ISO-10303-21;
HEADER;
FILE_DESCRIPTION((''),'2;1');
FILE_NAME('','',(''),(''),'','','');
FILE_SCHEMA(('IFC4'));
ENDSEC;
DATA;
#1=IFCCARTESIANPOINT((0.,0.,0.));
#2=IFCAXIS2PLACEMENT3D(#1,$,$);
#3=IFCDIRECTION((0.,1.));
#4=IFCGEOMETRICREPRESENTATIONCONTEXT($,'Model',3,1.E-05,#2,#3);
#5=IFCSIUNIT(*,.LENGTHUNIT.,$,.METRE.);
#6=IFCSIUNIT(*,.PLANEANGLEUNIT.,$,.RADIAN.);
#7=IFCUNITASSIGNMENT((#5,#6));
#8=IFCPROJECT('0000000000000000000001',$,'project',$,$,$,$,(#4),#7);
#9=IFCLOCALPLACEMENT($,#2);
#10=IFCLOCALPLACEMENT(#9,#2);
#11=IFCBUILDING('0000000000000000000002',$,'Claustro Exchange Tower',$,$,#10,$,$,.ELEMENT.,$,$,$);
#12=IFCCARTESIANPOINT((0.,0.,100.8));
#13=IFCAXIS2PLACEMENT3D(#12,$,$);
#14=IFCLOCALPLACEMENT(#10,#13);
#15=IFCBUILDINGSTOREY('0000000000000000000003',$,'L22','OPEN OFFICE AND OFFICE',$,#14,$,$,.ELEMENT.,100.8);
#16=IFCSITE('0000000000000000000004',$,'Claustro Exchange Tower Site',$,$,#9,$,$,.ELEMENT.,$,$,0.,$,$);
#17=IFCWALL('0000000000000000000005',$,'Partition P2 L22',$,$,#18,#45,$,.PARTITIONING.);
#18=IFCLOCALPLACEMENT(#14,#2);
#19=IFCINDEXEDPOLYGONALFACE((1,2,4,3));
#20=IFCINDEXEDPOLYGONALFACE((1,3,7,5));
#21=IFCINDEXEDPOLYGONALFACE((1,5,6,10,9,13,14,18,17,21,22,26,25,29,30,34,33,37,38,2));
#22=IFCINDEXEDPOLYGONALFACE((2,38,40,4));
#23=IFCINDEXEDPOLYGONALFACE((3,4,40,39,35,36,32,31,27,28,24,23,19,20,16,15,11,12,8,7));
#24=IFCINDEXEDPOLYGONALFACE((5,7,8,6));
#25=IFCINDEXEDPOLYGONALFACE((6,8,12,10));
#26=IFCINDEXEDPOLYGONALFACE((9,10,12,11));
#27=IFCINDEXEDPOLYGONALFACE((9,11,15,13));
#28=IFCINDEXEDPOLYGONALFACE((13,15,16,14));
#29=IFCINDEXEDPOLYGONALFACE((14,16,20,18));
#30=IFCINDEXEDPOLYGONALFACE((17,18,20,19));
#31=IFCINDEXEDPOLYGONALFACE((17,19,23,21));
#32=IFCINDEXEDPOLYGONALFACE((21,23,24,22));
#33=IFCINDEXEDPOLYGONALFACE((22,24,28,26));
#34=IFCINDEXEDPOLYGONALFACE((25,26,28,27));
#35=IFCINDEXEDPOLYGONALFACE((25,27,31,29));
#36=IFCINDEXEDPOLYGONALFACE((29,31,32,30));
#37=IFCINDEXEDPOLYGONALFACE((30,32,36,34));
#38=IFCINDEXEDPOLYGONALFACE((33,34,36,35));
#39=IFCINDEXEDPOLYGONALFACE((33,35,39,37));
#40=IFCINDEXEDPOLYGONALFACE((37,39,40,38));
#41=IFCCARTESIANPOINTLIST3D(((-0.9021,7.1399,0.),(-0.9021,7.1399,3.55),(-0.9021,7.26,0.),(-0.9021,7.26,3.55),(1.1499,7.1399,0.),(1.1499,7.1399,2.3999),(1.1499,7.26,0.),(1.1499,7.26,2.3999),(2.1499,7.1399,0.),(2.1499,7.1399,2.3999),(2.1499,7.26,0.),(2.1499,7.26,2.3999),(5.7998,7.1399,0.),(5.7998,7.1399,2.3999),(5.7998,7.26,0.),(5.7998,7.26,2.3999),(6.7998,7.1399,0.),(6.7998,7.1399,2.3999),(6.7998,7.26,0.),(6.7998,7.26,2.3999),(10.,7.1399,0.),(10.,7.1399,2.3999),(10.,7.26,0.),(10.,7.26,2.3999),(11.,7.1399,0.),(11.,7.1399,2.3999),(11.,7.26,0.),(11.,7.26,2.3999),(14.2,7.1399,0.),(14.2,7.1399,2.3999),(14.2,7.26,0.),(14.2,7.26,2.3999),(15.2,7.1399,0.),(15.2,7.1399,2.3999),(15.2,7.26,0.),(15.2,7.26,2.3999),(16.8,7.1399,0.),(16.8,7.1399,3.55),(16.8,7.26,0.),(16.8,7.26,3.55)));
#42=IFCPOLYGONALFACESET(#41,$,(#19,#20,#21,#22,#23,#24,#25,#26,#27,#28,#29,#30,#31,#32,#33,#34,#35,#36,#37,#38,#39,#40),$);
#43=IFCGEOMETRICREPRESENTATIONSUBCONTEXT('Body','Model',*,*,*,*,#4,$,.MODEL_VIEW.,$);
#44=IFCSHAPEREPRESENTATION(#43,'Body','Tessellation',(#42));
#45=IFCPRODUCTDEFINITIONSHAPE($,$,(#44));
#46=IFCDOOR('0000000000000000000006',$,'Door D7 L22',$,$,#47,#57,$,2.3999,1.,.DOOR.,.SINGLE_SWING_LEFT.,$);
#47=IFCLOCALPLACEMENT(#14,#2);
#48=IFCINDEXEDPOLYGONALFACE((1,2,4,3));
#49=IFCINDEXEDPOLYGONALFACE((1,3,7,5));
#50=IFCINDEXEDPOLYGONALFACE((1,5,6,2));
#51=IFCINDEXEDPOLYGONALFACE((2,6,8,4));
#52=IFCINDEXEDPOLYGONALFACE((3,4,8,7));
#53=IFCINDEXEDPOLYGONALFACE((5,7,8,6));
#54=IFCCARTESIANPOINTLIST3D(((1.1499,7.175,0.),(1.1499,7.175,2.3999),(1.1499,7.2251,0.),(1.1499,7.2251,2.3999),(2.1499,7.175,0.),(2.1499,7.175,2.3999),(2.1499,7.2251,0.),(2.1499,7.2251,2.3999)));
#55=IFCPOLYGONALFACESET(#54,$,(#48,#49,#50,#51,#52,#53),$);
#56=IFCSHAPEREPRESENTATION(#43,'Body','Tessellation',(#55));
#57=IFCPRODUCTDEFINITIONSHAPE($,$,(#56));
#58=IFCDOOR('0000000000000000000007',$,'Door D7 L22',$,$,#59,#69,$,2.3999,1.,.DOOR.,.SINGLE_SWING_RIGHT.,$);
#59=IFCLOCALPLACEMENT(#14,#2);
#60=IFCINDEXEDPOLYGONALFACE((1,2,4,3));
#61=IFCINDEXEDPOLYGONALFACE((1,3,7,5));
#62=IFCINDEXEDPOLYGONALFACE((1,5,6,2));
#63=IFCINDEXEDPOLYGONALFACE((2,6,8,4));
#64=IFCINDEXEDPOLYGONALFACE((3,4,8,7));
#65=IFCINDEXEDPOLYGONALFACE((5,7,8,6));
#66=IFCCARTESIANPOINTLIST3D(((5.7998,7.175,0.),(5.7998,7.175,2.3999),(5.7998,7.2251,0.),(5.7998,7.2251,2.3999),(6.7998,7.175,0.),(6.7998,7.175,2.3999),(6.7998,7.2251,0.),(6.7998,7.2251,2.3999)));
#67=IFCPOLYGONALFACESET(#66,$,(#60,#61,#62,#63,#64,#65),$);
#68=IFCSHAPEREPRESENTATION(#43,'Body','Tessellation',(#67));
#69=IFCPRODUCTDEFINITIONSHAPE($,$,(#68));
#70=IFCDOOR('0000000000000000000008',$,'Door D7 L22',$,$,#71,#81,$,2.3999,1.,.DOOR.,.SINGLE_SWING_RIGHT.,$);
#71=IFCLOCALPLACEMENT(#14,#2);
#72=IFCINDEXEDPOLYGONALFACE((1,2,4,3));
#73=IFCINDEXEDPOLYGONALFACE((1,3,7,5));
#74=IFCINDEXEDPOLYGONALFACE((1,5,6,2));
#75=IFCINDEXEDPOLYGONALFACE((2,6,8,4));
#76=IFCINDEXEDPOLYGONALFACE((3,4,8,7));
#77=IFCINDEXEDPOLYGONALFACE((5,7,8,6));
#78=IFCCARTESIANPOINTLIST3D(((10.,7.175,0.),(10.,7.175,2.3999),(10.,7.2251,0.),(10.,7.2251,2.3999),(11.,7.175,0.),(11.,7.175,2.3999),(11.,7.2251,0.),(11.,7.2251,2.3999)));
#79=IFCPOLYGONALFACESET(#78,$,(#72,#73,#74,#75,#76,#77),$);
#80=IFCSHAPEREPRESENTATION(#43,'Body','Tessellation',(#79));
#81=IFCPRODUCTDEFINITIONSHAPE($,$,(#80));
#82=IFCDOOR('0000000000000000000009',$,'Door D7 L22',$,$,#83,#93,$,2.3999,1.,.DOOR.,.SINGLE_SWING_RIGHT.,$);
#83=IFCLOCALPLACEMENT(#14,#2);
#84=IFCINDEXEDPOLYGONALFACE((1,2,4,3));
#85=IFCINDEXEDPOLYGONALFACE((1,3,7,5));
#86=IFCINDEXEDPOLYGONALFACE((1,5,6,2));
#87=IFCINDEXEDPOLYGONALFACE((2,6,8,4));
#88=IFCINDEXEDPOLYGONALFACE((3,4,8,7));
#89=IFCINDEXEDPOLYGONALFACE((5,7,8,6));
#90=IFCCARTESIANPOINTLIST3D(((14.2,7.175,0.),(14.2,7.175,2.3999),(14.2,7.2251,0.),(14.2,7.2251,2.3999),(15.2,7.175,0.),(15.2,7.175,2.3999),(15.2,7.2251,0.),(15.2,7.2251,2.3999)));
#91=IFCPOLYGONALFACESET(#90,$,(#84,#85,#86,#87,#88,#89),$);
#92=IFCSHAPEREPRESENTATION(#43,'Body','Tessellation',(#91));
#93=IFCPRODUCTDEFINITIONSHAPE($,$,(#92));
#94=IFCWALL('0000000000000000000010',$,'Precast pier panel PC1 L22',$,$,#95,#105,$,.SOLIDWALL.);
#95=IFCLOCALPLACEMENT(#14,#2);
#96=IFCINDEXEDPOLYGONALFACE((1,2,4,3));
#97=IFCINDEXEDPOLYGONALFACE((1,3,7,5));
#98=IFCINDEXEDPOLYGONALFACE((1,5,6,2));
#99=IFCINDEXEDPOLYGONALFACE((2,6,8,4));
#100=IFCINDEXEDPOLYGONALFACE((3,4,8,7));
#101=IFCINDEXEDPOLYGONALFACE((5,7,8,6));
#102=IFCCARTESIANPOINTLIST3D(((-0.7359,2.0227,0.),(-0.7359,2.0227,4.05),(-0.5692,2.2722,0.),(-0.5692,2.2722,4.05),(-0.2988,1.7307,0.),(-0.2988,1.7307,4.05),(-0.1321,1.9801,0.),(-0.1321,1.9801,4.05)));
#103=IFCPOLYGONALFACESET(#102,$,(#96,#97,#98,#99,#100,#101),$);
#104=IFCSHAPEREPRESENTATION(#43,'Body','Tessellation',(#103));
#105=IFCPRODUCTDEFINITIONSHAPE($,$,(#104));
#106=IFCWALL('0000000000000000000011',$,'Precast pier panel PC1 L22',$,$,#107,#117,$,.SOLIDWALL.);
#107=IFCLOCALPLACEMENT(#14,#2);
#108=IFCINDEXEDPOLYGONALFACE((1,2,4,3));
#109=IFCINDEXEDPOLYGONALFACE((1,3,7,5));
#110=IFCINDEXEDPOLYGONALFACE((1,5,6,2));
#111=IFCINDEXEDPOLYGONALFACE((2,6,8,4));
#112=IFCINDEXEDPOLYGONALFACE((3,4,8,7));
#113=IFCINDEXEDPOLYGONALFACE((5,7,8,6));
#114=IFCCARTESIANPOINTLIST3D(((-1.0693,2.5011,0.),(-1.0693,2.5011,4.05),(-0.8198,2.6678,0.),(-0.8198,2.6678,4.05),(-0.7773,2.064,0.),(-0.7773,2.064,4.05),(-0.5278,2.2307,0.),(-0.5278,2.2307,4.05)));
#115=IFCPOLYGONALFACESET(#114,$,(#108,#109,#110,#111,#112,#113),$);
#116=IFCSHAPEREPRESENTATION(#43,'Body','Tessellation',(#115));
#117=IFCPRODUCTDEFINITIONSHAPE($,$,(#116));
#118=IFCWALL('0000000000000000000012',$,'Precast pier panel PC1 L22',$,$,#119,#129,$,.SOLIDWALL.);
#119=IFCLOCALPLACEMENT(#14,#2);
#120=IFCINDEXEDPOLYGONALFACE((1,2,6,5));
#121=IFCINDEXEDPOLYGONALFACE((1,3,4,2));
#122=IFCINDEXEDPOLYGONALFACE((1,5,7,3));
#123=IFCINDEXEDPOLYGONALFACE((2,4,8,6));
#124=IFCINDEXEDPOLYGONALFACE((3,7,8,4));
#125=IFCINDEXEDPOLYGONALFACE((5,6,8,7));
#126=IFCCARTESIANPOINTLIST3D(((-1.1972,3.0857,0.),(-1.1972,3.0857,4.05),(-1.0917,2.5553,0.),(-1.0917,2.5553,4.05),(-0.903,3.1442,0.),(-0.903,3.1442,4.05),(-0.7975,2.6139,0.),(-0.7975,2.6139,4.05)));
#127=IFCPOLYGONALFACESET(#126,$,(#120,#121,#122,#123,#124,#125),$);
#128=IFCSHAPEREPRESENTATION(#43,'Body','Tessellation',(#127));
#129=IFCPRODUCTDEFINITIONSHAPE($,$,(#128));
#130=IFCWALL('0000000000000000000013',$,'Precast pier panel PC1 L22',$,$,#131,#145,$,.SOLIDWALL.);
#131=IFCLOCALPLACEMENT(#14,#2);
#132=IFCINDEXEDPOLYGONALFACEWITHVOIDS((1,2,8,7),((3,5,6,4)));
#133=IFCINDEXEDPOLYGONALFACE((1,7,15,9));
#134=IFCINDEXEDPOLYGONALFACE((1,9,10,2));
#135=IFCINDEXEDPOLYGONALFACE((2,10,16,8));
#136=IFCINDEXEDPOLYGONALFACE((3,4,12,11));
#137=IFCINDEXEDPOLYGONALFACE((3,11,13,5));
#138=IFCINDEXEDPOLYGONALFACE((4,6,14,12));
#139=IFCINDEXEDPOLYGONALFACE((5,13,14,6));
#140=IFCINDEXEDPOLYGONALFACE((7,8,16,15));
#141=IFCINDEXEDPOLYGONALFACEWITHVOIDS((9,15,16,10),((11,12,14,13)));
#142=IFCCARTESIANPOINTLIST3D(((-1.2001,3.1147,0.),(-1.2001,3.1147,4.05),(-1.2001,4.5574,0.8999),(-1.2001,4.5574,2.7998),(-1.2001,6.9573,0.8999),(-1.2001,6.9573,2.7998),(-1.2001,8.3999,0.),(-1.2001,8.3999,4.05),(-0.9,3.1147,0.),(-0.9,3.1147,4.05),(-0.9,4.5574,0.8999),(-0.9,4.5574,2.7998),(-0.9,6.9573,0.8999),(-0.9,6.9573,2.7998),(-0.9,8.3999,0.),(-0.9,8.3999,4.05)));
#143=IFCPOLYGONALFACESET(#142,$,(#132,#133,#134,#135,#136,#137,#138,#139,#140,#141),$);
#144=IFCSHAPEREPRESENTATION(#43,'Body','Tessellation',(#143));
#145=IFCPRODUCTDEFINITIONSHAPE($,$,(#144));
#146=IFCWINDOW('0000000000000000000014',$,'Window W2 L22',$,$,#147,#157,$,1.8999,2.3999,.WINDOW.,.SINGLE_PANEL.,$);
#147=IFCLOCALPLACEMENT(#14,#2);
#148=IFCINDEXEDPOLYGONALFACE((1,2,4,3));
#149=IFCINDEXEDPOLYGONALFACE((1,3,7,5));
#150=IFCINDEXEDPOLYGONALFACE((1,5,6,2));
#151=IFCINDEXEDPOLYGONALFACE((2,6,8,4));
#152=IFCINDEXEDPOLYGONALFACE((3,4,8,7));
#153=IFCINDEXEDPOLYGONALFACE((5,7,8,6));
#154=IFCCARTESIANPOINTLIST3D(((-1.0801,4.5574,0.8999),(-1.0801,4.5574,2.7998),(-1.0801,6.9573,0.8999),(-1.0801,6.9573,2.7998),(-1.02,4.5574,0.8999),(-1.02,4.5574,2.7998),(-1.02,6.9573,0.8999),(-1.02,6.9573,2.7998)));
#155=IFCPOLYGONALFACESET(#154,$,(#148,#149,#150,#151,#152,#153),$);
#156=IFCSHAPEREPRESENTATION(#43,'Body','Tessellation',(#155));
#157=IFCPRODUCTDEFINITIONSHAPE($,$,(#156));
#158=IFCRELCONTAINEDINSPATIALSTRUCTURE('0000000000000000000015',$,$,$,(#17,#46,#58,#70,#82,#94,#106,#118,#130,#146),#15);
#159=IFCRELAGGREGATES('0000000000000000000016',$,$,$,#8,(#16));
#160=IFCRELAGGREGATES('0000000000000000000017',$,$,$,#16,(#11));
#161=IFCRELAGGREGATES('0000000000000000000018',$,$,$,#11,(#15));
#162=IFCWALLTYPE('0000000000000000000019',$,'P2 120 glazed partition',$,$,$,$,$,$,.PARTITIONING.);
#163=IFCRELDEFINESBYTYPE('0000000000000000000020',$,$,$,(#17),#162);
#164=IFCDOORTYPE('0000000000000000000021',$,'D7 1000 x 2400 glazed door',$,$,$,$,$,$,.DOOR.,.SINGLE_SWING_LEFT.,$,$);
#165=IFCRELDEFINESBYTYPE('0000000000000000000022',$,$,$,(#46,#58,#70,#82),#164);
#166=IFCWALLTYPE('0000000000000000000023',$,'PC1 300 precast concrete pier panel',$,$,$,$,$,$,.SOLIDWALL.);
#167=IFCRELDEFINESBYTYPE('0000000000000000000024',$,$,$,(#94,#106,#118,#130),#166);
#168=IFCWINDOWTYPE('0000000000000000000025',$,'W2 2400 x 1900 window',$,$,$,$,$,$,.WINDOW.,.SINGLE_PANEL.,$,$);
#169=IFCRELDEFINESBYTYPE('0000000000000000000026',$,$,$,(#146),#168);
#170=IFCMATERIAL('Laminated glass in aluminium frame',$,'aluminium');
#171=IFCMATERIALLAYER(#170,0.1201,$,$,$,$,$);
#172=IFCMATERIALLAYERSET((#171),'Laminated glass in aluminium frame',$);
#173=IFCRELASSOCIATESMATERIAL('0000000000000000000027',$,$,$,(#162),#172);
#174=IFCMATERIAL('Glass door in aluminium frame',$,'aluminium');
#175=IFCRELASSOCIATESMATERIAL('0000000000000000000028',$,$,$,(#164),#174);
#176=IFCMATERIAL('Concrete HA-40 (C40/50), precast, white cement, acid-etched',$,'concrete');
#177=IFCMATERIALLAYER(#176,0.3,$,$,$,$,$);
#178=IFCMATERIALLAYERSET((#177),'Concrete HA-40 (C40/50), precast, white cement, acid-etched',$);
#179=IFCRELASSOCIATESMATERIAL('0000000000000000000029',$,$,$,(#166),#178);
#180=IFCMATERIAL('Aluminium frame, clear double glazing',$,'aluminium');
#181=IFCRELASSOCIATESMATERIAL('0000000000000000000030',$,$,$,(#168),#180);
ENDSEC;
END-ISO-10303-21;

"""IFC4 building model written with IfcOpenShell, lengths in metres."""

from ifc_helpers import new_model, si_unit, direction, frame, frame_2d, origin, place, context, subcontext, project, spatial, rectangle, extrude, material, layer, layer_set, type_object, element, fill, save


model = new_model("IFC4")

# Units and contexts
model_context = context("Model", 3, precision=1e-05, world=origin(), true_north=direction((0.0, 1.0)))
body_context = subcontext(model_context, "Body", "Model", "MODEL_VIEW")
ifc_project = project(units=[si_unit("LENGTHUNIT", "METRE"), si_unit("PLANEANGLEUNIT", "RADIAN")], contexts=[model_context])

# Site, building, storey
site_placement = place(None, origin())
site = spatial("IfcSite", under=ifc_project, at=site_placement, Name="Claustro Exchange Tower Site", CompositionType="ELEMENT", RefElevation=0.0)
building_placement = place(site_placement, origin())
building = spatial("IfcBuilding", under=site, at=building_placement, Name="Claustro Exchange Tower", CompositionType="ELEMENT")
storey_placement = place(building_placement, frame((0.0, 0.0, 100.8)))
storey = spatial("IfcBuildingStorey", under=building, at=storey_placement, Name="L22", Description="OPEN OFFICE AND OFFICE", CompositionType="ELEMENT", Elevation=100.8)

# Wall, openings, doors
ifc_material_1 = material(Name="Laminated glass in aluminium frame", Category="aluminium")
ifc_layer_1 = layer(ifc_material_1, 0.1201)
ifc_layer_set_1 = layer_set([ifc_layer_1], Name="Laminated glass in aluminium frame")
wall_type_1 = type_object("IfcWallType", Name="P2 120 glazed partition", PredefinedType="PARTITIONING", material=ifc_layer_set_1)
wall_1_placement = place(storey_placement, frame((-0.9021, 7.2, 0.0), z_axis=(0.0, 0.0, 1.0), x_axis=(1.0, 0.0, 0.0)))
wall_1 = element("IfcWall", 1, at=wall_1_placement, inside=storey, type_object=wall_type_1, Name="Partition P2 L22", PredefinedType="PARTITIONING", context=body_context, shape_type="SweptSolid", body=[
    extrude(rectangle(XDim=17.7021, YDim=0.1201, at=frame_2d((8.8511, 0.0))), origin(), (0.0, 0.0, 1.0), 3.55),
])
opening_1_placement = place(wall_1_placement, frame((2.052, 0.0, 0.0)))
opening_1 = element("IfcOpeningElement", 2, at=opening_1_placement, cuts=wall_1, PredefinedType="OPENING", context=body_context, shape_type="SweptSolid", body=[
    extrude(rectangle(XDim=1.0, YDim=2.3999, at=frame_2d((0.5, 1.2))), frame((0.0, 0.0701, 0.0), z_axis=(0.0, -1.0, 0.0), x_axis=(1.0, 0.0, 0.0)), (0.0, 0.0, 1.0), 0.1401),
])
opening_2_placement = place(wall_1_placement, frame((6.7019, 0.0, 0.0)))
opening_2 = element("IfcOpeningElement", 3, at=opening_2_placement, cuts=wall_1, PredefinedType="OPENING", context=body_context, shape_type="SweptSolid", body=[
    extrude(rectangle(XDim=1.0, YDim=2.3999, at=frame_2d((0.5, 1.2))), frame((0.0, 0.0701, 0.0), z_axis=(0.0, -1.0, 0.0), x_axis=(1.0, 0.0, 0.0)), (0.0, 0.0, 1.0), 0.1401),
])
opening_3_placement = place(wall_1_placement, frame((10.9021, 0.0, 0.0)))
opening_3 = element("IfcOpeningElement", 4, at=opening_3_placement, cuts=wall_1, PredefinedType="OPENING", context=body_context, shape_type="SweptSolid", body=[
    extrude(rectangle(XDim=1.0, YDim=2.3999, at=frame_2d((0.5, 1.2))), frame((0.0, 0.0701, 0.0), z_axis=(0.0, -1.0, 0.0), x_axis=(1.0, 0.0, 0.0)), (0.0, 0.0, 1.0), 0.1401),
])
opening_4_placement = place(wall_1_placement, frame((15.1021, 0.0, 0.0)))
opening_4 = element("IfcOpeningElement", 5, at=opening_4_placement, cuts=wall_1, PredefinedType="OPENING", context=body_context, shape_type="SweptSolid", body=[
    extrude(rectangle(XDim=1.0, YDim=2.3999, at=frame_2d((0.5, 1.2))), frame((0.0, 0.0701, 0.0), z_axis=(0.0, -1.0, 0.0), x_axis=(1.0, 0.0, 0.0)), (0.0, 0.0, 1.0), 0.1401),
])
ifc_material_2 = material(Name="Glass door in aluminium frame", Category="aluminium")
door_type_1 = type_object("IfcDoorType", Name="D7 1000 x 2400 glazed door", OperationType="SINGLE_SWING_LEFT", PredefinedType="DOOR", material=ifc_material_2)
door_1_placement = place(opening_1_placement, frame((1.0, 0.0, 0.0), z_axis=(0.0, 0.0, 1.0), x_axis=(-1.0, 0.0, 0.0)))
door_1 = element("IfcDoor", 6, at=door_1_placement, inside=storey, type_object=door_type_1, Name="Door D7 L22", OperationType="SINGLE_SWING_LEFT", OverallHeight=2.3999, OverallWidth=1.0, PredefinedType="DOOR", context=body_context, shape_type="SweptSolid", body=[
    extrude(rectangle(XDim=1.0, YDim=2.3999, at=frame_2d((0.5, 1.2))), frame((0.0, 0.0249, 0.0), z_axis=(0.0, -1.0, 0.0), x_axis=(1.0, 0.0, 0.0)), (0.0, 0.0, 1.0), 0.05),
])
fill(opening_1, door_1)
door_2_placement = place(opening_2_placement, frame((1.0, 0.0, 0.0), z_axis=(0.0, 0.0, 1.0), x_axis=(-1.0, 0.0, 0.0)))
door_2 = element("IfcDoor", 7, at=door_2_placement, inside=storey, type_object=door_type_1, Name="Door D7 L22", OperationType="SINGLE_SWING_RIGHT", OverallHeight=2.3999, OverallWidth=1.0, PredefinedType="DOOR", context=body_context, shape_type="SweptSolid", body=[
    extrude(rectangle(XDim=1.0, YDim=2.3999, at=frame_2d((0.5, 1.2))), frame((0.0, 0.0249, 0.0), z_axis=(0.0, -1.0, 0.0), x_axis=(1.0, 0.0, 0.0)), (0.0, 0.0, 1.0), 0.05),
])
fill(opening_2, door_2)
door_3_placement = place(opening_3_placement, frame((1.0, 0.0, 0.0), z_axis=(0.0, 0.0, 1.0), x_axis=(-1.0, 0.0, 0.0)))
door_3 = element("IfcDoor", 8, at=door_3_placement, inside=storey, type_object=door_type_1, Name="Door D7 L22", OperationType="SINGLE_SWING_RIGHT", OverallHeight=2.3999, OverallWidth=1.0, PredefinedType="DOOR", context=body_context, shape_type="SweptSolid", body=[
    extrude(rectangle(XDim=1.0, YDim=2.3999, at=frame_2d((0.5, 1.2))), frame((0.0, 0.0249, 0.0), z_axis=(0.0, -1.0, 0.0), x_axis=(1.0, 0.0, 0.0)), (0.0, 0.0, 1.0), 0.05),
])
fill(opening_3, door_3)
door_4_placement = place(opening_4_placement, frame((1.0, 0.0, 0.0), z_axis=(0.0, 0.0, 1.0), x_axis=(-1.0, 0.0, 0.0)))
door_4 = element("IfcDoor", 9, at=door_4_placement, inside=storey, type_object=door_type_1, Name="Door D7 L22", OperationType="SINGLE_SWING_RIGHT", OverallHeight=2.3999, OverallWidth=1.0, PredefinedType="DOOR", context=body_context, shape_type="SweptSolid", body=[
    extrude(rectangle(XDim=1.0, YDim=2.3999, at=frame_2d((0.5, 1.2))), frame((0.0, 0.0249, 0.0), z_axis=(0.0, -1.0, 0.0), x_axis=(1.0, 0.0, 0.0)), (0.0, 0.0, 1.0), 0.05),
])
fill(opening_4, door_4)

# Walls
ifc_material_3 = material(Name="Concrete HA-40 (C40/50), precast, white cement, acid-etched", Category="concrete")
ifc_layer_2 = layer(ifc_material_3, 0.3)
ifc_layer_set_2 = layer_set([ifc_layer_2], Name="Concrete HA-40 (C40/50), precast, white cement, acid-etched")
wall_type_2 = type_object("IfcWallType", Name="PC1 300 precast concrete pier panel", PredefinedType="SOLIDWALL", material=ifc_layer_set_2)
for number, where, z_axis, x_axis, name in (
    (10, (-0.2156, 1.8555, 0.0), (0.0, 0.0, 1.0), (-0.831478, 0.555557, 0.0), "Precast pier panel PC1 L22"),
    (11, (-0.6526, 2.1475, 0.0), (0.0, 0.0, 1.0), (-0.555557, 0.831478, 0.0), "Precast pier panel PC1 L22"),
):
    element("IfcWall", number, at=place(storey_placement, frame(where, z_axis=z_axis, x_axis=x_axis)), inside=storey, type_object=wall_type_2, Name=name, PredefinedType="SOLIDWALL", context=body_context, shape_type="SweptSolid", body=[
        extrude(rectangle(XDim=0.5256, YDim=0.3, at=frame_2d((0.2627, 0.0))), origin(), (0.0, 0.0, 1.0), 4.05),
    ])
wall_2_placement = place(storey_placement, frame((-0.9446, 2.5845, 0.0), z_axis=(0.0, 0.0, 1.0), x_axis=(-0.195074, 0.980789, 0.0)))
element("IfcWall", 12, at=wall_2_placement, inside=storey, type_object=wall_type_2, Name="Precast pier panel PC1 L22", PredefinedType="SOLIDWALL", context=body_context, shape_type="SweptSolid", body=[
    extrude(rectangle(XDim=0.5408, YDim=0.3, at=frame_2d((0.2705, 0.0))), origin(), (0.0, 0.0, 1.0), 4.05),
])

# Wall, opening, window
wall_3_placement = place(storey_placement, frame((-1.05, 3.1147, 0.0), z_axis=(0.0, 0.0, 1.0), x_axis=(0.0, 1.0, 0.0)))
wall_3 = element("IfcWall", 13, at=wall_3_placement, inside=storey, type_object=wall_type_2, Name="Precast pier panel PC1 L22", PredefinedType="SOLIDWALL", context=body_context, shape_type="SweptSolid", body=[
    extrude(rectangle(XDim=5.2852, YDim=0.3, at=frame_2d((2.6426, 0.0))), origin(), (0.0, 0.0, 1.0), 4.05),
])
opening_5_placement = place(wall_3_placement, frame((1.4426, 0.0, 0.8999)))
opening_5 = element("IfcOpeningElement", 14, at=opening_5_placement, cuts=wall_3, PredefinedType="OPENING", context=body_context, shape_type="SweptSolid", body=[
    extrude(rectangle(XDim=2.3999, YDim=1.8999, at=frame_2d((1.2, 0.95))), frame((0.0, 0.1599, 0.0), z_axis=(0.0, -1.0, 0.0), x_axis=(1.0, 0.0, 0.0)), (0.0, 0.0, 1.0), 0.3201),
])
ifc_material_4 = material(Name="Aluminium frame, clear double glazing", Category="aluminium")
window_type = type_object("IfcWindowType", Name="W2 2400 x 1900 window", PartitioningType="SINGLE_PANEL", PredefinedType="WINDOW", material=ifc_material_4)
window_1_placement = place(opening_5_placement, origin())
window_1 = element("IfcWindow", 15, at=window_1_placement, inside=storey, type_object=window_type, Name="Window W2 L22", OverallHeight=1.8999, OverallWidth=2.3999, PartitioningType="SINGLE_PANEL", PredefinedType="WINDOW", context=body_context, shape_type="SweptSolid", body=[
    extrude(rectangle(XDim=2.3999, YDim=1.8999, at=frame_2d((1.2, 0.95))), frame((0.0, 0.03, 0.0), z_axis=(0.0, -1.0, 0.0), x_axis=(1.0, 0.0, 0.0)), (0.0, 0.0, 1.0), 0.0601),
])
fill(opening_5, window_1)

save(model, "model.ifc")
